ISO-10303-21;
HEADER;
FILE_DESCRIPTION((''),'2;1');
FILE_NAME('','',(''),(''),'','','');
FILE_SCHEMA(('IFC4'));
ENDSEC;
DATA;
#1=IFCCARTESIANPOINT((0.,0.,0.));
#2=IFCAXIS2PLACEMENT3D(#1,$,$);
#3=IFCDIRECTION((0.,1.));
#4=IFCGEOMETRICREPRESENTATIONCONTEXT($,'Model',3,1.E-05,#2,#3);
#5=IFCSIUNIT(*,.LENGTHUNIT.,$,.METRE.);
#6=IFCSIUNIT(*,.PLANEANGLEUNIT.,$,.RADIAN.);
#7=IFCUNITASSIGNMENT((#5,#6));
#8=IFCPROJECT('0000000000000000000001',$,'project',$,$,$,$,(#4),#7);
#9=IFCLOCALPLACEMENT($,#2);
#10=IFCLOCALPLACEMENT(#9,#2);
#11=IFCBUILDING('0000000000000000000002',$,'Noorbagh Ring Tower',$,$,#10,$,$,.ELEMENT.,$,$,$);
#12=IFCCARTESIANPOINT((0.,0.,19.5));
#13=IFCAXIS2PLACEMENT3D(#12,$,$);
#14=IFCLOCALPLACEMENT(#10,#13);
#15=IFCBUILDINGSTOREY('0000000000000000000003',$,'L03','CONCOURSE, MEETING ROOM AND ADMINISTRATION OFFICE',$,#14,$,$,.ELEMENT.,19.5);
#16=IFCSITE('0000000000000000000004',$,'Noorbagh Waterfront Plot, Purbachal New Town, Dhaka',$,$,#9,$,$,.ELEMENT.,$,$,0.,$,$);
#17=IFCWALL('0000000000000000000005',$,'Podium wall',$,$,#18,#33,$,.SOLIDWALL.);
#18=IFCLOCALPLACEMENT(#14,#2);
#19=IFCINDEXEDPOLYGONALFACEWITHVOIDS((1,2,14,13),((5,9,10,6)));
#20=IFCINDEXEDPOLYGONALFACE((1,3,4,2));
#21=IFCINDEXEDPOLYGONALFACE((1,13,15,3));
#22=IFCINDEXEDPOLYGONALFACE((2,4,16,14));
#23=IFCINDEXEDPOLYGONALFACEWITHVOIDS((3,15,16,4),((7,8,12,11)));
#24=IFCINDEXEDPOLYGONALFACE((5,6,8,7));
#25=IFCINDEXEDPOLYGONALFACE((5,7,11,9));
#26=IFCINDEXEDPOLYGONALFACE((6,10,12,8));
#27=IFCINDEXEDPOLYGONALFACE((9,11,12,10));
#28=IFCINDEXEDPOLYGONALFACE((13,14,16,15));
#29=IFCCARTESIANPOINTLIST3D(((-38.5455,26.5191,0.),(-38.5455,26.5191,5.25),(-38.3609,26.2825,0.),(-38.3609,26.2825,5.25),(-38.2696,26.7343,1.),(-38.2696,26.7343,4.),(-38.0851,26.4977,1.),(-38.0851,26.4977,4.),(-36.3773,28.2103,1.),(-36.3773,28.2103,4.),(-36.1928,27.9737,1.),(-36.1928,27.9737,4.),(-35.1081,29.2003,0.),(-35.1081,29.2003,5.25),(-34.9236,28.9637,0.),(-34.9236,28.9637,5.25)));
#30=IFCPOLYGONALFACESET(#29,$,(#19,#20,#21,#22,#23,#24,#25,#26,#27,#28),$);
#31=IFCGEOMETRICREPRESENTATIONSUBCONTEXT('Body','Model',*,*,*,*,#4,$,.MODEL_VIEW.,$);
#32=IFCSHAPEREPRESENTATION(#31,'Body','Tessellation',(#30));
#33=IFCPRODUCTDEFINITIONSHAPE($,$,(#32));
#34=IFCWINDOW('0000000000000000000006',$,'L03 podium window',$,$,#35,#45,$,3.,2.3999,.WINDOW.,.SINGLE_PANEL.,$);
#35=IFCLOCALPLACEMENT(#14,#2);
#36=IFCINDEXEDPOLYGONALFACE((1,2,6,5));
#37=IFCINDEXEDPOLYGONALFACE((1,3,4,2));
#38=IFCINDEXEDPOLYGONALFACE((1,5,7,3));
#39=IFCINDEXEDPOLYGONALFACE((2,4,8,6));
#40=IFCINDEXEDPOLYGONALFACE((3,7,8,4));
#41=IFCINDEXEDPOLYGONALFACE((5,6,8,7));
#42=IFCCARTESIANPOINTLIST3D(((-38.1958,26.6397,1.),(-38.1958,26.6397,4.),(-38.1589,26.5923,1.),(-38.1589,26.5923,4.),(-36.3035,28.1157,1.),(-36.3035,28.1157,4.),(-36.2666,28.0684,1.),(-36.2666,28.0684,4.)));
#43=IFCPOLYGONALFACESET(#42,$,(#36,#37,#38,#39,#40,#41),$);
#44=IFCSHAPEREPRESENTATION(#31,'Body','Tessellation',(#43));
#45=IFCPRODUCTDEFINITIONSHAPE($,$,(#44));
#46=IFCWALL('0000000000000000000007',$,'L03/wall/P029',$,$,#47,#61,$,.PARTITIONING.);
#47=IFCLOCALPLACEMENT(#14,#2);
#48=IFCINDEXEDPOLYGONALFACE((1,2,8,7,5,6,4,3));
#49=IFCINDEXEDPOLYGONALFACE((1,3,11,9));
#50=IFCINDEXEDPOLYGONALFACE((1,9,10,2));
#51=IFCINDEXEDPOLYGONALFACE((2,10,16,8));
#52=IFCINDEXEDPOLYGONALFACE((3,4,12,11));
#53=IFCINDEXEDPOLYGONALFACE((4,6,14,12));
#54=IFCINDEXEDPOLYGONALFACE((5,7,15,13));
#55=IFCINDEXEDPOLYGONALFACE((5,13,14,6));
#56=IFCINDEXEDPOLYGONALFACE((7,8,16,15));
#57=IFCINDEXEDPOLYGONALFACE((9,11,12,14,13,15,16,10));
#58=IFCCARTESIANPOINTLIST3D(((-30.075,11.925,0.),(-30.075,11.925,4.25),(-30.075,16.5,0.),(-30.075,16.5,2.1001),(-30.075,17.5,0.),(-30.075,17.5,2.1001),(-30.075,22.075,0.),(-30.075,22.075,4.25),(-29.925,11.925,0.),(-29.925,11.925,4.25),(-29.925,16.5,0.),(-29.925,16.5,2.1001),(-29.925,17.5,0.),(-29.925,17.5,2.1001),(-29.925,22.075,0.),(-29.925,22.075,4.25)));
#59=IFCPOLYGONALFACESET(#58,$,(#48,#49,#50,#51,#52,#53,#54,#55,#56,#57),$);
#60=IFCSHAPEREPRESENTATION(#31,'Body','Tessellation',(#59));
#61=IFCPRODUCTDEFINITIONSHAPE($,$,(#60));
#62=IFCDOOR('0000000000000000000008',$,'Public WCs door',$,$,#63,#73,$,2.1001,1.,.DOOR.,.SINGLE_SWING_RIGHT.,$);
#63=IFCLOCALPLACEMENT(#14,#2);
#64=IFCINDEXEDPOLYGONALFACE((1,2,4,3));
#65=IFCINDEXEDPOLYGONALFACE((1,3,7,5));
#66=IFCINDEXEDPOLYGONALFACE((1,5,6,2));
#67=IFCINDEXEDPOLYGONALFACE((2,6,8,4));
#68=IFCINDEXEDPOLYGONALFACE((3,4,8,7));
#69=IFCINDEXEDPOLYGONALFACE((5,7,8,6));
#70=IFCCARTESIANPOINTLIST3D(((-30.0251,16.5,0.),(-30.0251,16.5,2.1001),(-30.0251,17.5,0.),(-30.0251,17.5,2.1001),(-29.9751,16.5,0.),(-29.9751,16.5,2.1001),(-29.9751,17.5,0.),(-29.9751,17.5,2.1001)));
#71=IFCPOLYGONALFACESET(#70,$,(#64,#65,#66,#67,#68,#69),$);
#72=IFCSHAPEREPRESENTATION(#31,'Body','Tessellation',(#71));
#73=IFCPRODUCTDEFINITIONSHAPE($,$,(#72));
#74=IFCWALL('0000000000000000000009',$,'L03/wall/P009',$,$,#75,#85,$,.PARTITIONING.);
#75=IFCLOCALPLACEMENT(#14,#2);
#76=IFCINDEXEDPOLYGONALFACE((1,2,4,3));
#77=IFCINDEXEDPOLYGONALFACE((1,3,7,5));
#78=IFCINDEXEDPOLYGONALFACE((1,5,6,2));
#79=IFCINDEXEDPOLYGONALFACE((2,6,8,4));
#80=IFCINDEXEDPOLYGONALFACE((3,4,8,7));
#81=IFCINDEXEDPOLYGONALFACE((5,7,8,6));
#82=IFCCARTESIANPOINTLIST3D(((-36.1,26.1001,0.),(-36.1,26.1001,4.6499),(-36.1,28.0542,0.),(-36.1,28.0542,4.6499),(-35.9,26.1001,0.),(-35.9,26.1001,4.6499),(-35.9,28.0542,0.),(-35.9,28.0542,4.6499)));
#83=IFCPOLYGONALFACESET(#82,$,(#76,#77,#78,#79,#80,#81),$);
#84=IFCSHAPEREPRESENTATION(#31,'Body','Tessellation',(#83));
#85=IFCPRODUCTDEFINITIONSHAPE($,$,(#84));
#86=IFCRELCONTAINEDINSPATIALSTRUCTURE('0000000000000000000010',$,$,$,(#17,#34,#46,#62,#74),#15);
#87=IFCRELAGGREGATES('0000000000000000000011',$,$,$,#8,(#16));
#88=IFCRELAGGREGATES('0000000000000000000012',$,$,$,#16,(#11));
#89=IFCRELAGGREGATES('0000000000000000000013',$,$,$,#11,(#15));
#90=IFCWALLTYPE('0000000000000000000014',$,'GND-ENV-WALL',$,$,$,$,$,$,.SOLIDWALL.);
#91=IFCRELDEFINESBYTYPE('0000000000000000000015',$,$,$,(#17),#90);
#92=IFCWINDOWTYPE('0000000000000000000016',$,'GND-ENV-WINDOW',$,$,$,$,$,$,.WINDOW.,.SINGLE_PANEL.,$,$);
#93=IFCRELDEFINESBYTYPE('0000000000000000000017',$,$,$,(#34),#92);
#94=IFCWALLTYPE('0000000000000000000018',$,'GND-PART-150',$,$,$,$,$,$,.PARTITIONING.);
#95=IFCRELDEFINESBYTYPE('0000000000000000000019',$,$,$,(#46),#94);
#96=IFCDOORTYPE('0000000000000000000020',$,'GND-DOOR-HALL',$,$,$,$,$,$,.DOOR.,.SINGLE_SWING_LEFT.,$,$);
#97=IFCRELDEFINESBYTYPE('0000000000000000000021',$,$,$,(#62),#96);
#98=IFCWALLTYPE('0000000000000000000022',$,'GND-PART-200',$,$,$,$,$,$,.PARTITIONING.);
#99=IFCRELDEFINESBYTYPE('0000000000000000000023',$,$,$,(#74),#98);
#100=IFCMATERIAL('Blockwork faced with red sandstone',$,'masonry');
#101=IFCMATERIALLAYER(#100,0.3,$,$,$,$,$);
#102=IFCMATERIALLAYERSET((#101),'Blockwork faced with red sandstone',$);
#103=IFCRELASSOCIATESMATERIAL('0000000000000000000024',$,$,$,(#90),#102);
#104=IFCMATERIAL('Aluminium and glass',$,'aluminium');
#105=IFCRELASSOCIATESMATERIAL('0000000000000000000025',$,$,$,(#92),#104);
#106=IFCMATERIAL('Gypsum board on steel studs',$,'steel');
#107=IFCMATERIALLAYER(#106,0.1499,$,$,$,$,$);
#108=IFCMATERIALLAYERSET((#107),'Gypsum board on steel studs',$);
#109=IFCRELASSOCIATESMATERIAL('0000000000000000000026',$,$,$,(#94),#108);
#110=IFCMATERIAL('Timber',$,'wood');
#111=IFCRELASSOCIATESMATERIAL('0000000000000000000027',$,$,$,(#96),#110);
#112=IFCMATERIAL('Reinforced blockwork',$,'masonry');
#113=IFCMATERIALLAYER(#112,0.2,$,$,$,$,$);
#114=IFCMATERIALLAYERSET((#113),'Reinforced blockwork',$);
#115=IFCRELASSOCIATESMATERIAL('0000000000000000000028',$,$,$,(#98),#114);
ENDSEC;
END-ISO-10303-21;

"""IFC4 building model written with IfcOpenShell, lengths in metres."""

from ifc_helpers import new_model, si_unit, direction, frame, frame_2d, origin, place, context, subcontext, project, spatial, rectangle, extrude, material, layer, layer_set, type_object, element, fill, save


model = new_model("IFC4")

# Units and contexts
model_context = context("Model", 3, precision=1e-05, world=origin(), true_north=direction((0.0, 1.0)))
body_context = subcontext(model_context, "Body", "Model", "MODEL_VIEW")
ifc_project = project(units=[si_unit("LENGTHUNIT", "METRE"), si_unit("PLANEANGLEUNIT", "RADIAN")], contexts=[model_context])

# Site, building, storey
site_placement = place(None, origin())
site = spatial("IfcSite", under=ifc_project, at=site_placement, Name="Noorbagh Waterfront Plot, Purbachal New Town, Dhaka", CompositionType="ELEMENT", RefElevation=0.0)
building_placement = place(site_placement, origin())
building = spatial("IfcBuilding", under=site, at=building_placement, Name="Noorbagh Ring Tower", CompositionType="ELEMENT")
storey_placement = place(building_placement, frame((0.0, 0.0, 19.5)))
storey = spatial("IfcBuildingStorey", under=building, at=storey_placement, Name="L03", Description="CONCOURSE, MEETING ROOM AND ADMINISTRATION OFFICE", CompositionType="ELEMENT", Elevation=19.5)

# Wall, opening, window
ifc_material_1 = material(Name="Blockwork faced with red sandstone", Category="masonry")
ifc_layer_1 = layer(ifc_material_1, 0.3)
ifc_layer_set_1 = layer_set([ifc_layer_1], Name="Blockwork faced with red sandstone")
wall_type_1 = type_object("IfcWallType", Name="GND-ENV-WALL", PredefinedType="SOLIDWALL", material=ifc_layer_set_1)
ifc_material_2 = material(Name="Aluminium and glass", Category="aluminium")
window_type = type_object("IfcWindowType", Name="GND-ENV-WINDOW", PartitioningType="SINGLE_PANEL", PredefinedType="WINDOW", material=ifc_material_2)
wall_1_placement = place(storey_placement, frame((-35.0159, 29.082, 0.0), z_axis=(0.0, 0.0, 1.0), x_axis=(-0.788492, -0.615045, 0.0)))
wall_1 = element("IfcWall", 1, at=wall_1_placement, inside=storey, type_object=wall_type_1, Name="Podium wall", PredefinedType="SOLIDWALL", context=body_context, shape_type="SweptSolid", body=[
    extrude(rectangle(XDim=4.3594, YDim=0.3, at=frame_2d((2.1797, 0.0))), origin(), (0.0, 0.0, 1.0), 5.25),
])
opening_1_placement = place(wall_1_placement, frame((1.6096, 0.0, 1.0)))
opening_1 = element("IfcOpeningElement", 2, at=opening_1_placement, cuts=wall_1, PredefinedType="OPENING", context=body_context, shape_type="SweptSolid", body=[
    extrude(rectangle(XDim=2.3999, YDim=3.0, at=frame_2d((1.2, 1.5))), frame((0.0, 0.1602, 0.0), z_axis=(0.0, -1.0, 0.0), x_axis=(1.0, 0.0, 0.0)), (0.0, 0.0, 1.0), 0.3201),
])
window_1_placement = place(opening_1_placement, origin())
window_1 = element("IfcWindow", 3, at=window_1_placement, inside=storey, type_object=window_type, Name="L03 podium window", OverallHeight=3.0, OverallWidth=2.3999, PartitioningType="SINGLE_PANEL", PredefinedType="WINDOW", context=body_context, shape_type="SweptSolid", body=[
    extrude(rectangle(XDim=2.3999, YDim=3.0, at=frame_2d((1.2, 1.5))), frame((0.0, 0.03, 0.0), z_axis=(0.0, -1.0, 0.0), x_axis=(1.0, 0.0, 0.0)), (0.0, 0.0, 1.0), 0.0601),
])
fill(opening_1, window_1)

# Wall, opening, door
ifc_material_3 = material(Name="Gypsum board on steel studs", Category="steel")
ifc_layer_2 = layer(ifc_material_3, 0.1499)
ifc_layer_set_2 = layer_set([ifc_layer_2], Name="Gypsum board on steel studs")
wall_type_2 = type_object("IfcWallType", Name="GND-PART-150", PredefinedType="PARTITIONING", material=ifc_layer_set_2)
wall_2_placement = place(storey_placement, frame((-30.0, 22.075, 0.0), z_axis=(0.0, 0.0, 1.0), x_axis=(0.0, -1.0, 0.0)))
wall_2 = element("IfcWall", 4, at=wall_2_placement, inside=storey, type_object=wall_type_2, Name="L03/wall/P029", PredefinedType="PARTITIONING", context=body_context, shape_type="SweptSolid", body=[
    extrude(rectangle(XDim=10.1499, YDim=0.1499, at=frame_2d((5.075, 0.0))), origin(), (0.0, 0.0, 1.0), 4.25),
])
opening_2_placement = place(wall_2_placement, frame((4.575, 0.0, 0.0)))
opening_2 = element("IfcOpeningElement", 5, at=opening_2_placement, cuts=wall_2, PredefinedType="OPENING", context=body_context, shape_type="SweptSolid", body=[
    extrude(rectangle(XDim=1.0, YDim=2.1001, at=frame_2d((0.5, 1.05))), frame((0.0, 0.085, 0.0), z_axis=(0.0, -1.0, 0.0), x_axis=(1.0, 0.0, 0.0)), (0.0, 0.0, 1.0), 0.1699),
])
ifc_material_4 = material(Name="Timber", Category="wood")
door_type = type_object("IfcDoorType", Name="GND-DOOR-HALL", OperationType="SINGLE_SWING_LEFT", PredefinedType="DOOR", material=ifc_material_4)
door_placement = place(opening_2_placement, origin())
door = element("IfcDoor", 6, at=door_placement, inside=storey, type_object=door_type, Name="Public WCs door", OperationType="SINGLE_SWING_RIGHT", OverallHeight=2.1001, OverallWidth=1.0, PredefinedType="DOOR", context=body_context, shape_type="SweptSolid", body=[
    extrude(rectangle(XDim=1.0, YDim=2.1001, at=frame_2d((0.5, 1.05))), frame((0.0, 0.0249, 0.0), z_axis=(0.0, -1.0, 0.0), x_axis=(1.0, 0.0, 0.0)), (0.0, 0.0, 1.0), 0.05),
])
fill(opening_2, door)

# Wall
ifc_material_5 = material(Name="Reinforced blockwork", Category="masonry")
ifc_layer_3 = layer(ifc_material_5, 0.2)
ifc_layer_set_3 = layer_set([ifc_layer_3], Name="Reinforced blockwork")
wall_type_3 = type_object("IfcWallType", Name="GND-PART-200", PredefinedType="PARTITIONING", material=ifc_layer_set_3)
wall_3_placement = place(storey_placement, frame((-36.0, 26.1001, 0.0), z_axis=(0.0, 0.0, 1.0), x_axis=(0.0, 1.0, 0.0)))
element("IfcWall", 7, at=wall_3_placement, inside=storey, type_object=wall_type_3, Name="L03/wall/P009", PredefinedType="PARTITIONING", context=body_context, shape_type="SweptSolid", body=[
    extrude(rectangle(XDim=1.9541, YDim=0.2, at=frame_2d((0.9771, 0.0))), origin(), (0.0, 0.0, 1.0), 4.6499),
])

save(model, "model.ifc")
